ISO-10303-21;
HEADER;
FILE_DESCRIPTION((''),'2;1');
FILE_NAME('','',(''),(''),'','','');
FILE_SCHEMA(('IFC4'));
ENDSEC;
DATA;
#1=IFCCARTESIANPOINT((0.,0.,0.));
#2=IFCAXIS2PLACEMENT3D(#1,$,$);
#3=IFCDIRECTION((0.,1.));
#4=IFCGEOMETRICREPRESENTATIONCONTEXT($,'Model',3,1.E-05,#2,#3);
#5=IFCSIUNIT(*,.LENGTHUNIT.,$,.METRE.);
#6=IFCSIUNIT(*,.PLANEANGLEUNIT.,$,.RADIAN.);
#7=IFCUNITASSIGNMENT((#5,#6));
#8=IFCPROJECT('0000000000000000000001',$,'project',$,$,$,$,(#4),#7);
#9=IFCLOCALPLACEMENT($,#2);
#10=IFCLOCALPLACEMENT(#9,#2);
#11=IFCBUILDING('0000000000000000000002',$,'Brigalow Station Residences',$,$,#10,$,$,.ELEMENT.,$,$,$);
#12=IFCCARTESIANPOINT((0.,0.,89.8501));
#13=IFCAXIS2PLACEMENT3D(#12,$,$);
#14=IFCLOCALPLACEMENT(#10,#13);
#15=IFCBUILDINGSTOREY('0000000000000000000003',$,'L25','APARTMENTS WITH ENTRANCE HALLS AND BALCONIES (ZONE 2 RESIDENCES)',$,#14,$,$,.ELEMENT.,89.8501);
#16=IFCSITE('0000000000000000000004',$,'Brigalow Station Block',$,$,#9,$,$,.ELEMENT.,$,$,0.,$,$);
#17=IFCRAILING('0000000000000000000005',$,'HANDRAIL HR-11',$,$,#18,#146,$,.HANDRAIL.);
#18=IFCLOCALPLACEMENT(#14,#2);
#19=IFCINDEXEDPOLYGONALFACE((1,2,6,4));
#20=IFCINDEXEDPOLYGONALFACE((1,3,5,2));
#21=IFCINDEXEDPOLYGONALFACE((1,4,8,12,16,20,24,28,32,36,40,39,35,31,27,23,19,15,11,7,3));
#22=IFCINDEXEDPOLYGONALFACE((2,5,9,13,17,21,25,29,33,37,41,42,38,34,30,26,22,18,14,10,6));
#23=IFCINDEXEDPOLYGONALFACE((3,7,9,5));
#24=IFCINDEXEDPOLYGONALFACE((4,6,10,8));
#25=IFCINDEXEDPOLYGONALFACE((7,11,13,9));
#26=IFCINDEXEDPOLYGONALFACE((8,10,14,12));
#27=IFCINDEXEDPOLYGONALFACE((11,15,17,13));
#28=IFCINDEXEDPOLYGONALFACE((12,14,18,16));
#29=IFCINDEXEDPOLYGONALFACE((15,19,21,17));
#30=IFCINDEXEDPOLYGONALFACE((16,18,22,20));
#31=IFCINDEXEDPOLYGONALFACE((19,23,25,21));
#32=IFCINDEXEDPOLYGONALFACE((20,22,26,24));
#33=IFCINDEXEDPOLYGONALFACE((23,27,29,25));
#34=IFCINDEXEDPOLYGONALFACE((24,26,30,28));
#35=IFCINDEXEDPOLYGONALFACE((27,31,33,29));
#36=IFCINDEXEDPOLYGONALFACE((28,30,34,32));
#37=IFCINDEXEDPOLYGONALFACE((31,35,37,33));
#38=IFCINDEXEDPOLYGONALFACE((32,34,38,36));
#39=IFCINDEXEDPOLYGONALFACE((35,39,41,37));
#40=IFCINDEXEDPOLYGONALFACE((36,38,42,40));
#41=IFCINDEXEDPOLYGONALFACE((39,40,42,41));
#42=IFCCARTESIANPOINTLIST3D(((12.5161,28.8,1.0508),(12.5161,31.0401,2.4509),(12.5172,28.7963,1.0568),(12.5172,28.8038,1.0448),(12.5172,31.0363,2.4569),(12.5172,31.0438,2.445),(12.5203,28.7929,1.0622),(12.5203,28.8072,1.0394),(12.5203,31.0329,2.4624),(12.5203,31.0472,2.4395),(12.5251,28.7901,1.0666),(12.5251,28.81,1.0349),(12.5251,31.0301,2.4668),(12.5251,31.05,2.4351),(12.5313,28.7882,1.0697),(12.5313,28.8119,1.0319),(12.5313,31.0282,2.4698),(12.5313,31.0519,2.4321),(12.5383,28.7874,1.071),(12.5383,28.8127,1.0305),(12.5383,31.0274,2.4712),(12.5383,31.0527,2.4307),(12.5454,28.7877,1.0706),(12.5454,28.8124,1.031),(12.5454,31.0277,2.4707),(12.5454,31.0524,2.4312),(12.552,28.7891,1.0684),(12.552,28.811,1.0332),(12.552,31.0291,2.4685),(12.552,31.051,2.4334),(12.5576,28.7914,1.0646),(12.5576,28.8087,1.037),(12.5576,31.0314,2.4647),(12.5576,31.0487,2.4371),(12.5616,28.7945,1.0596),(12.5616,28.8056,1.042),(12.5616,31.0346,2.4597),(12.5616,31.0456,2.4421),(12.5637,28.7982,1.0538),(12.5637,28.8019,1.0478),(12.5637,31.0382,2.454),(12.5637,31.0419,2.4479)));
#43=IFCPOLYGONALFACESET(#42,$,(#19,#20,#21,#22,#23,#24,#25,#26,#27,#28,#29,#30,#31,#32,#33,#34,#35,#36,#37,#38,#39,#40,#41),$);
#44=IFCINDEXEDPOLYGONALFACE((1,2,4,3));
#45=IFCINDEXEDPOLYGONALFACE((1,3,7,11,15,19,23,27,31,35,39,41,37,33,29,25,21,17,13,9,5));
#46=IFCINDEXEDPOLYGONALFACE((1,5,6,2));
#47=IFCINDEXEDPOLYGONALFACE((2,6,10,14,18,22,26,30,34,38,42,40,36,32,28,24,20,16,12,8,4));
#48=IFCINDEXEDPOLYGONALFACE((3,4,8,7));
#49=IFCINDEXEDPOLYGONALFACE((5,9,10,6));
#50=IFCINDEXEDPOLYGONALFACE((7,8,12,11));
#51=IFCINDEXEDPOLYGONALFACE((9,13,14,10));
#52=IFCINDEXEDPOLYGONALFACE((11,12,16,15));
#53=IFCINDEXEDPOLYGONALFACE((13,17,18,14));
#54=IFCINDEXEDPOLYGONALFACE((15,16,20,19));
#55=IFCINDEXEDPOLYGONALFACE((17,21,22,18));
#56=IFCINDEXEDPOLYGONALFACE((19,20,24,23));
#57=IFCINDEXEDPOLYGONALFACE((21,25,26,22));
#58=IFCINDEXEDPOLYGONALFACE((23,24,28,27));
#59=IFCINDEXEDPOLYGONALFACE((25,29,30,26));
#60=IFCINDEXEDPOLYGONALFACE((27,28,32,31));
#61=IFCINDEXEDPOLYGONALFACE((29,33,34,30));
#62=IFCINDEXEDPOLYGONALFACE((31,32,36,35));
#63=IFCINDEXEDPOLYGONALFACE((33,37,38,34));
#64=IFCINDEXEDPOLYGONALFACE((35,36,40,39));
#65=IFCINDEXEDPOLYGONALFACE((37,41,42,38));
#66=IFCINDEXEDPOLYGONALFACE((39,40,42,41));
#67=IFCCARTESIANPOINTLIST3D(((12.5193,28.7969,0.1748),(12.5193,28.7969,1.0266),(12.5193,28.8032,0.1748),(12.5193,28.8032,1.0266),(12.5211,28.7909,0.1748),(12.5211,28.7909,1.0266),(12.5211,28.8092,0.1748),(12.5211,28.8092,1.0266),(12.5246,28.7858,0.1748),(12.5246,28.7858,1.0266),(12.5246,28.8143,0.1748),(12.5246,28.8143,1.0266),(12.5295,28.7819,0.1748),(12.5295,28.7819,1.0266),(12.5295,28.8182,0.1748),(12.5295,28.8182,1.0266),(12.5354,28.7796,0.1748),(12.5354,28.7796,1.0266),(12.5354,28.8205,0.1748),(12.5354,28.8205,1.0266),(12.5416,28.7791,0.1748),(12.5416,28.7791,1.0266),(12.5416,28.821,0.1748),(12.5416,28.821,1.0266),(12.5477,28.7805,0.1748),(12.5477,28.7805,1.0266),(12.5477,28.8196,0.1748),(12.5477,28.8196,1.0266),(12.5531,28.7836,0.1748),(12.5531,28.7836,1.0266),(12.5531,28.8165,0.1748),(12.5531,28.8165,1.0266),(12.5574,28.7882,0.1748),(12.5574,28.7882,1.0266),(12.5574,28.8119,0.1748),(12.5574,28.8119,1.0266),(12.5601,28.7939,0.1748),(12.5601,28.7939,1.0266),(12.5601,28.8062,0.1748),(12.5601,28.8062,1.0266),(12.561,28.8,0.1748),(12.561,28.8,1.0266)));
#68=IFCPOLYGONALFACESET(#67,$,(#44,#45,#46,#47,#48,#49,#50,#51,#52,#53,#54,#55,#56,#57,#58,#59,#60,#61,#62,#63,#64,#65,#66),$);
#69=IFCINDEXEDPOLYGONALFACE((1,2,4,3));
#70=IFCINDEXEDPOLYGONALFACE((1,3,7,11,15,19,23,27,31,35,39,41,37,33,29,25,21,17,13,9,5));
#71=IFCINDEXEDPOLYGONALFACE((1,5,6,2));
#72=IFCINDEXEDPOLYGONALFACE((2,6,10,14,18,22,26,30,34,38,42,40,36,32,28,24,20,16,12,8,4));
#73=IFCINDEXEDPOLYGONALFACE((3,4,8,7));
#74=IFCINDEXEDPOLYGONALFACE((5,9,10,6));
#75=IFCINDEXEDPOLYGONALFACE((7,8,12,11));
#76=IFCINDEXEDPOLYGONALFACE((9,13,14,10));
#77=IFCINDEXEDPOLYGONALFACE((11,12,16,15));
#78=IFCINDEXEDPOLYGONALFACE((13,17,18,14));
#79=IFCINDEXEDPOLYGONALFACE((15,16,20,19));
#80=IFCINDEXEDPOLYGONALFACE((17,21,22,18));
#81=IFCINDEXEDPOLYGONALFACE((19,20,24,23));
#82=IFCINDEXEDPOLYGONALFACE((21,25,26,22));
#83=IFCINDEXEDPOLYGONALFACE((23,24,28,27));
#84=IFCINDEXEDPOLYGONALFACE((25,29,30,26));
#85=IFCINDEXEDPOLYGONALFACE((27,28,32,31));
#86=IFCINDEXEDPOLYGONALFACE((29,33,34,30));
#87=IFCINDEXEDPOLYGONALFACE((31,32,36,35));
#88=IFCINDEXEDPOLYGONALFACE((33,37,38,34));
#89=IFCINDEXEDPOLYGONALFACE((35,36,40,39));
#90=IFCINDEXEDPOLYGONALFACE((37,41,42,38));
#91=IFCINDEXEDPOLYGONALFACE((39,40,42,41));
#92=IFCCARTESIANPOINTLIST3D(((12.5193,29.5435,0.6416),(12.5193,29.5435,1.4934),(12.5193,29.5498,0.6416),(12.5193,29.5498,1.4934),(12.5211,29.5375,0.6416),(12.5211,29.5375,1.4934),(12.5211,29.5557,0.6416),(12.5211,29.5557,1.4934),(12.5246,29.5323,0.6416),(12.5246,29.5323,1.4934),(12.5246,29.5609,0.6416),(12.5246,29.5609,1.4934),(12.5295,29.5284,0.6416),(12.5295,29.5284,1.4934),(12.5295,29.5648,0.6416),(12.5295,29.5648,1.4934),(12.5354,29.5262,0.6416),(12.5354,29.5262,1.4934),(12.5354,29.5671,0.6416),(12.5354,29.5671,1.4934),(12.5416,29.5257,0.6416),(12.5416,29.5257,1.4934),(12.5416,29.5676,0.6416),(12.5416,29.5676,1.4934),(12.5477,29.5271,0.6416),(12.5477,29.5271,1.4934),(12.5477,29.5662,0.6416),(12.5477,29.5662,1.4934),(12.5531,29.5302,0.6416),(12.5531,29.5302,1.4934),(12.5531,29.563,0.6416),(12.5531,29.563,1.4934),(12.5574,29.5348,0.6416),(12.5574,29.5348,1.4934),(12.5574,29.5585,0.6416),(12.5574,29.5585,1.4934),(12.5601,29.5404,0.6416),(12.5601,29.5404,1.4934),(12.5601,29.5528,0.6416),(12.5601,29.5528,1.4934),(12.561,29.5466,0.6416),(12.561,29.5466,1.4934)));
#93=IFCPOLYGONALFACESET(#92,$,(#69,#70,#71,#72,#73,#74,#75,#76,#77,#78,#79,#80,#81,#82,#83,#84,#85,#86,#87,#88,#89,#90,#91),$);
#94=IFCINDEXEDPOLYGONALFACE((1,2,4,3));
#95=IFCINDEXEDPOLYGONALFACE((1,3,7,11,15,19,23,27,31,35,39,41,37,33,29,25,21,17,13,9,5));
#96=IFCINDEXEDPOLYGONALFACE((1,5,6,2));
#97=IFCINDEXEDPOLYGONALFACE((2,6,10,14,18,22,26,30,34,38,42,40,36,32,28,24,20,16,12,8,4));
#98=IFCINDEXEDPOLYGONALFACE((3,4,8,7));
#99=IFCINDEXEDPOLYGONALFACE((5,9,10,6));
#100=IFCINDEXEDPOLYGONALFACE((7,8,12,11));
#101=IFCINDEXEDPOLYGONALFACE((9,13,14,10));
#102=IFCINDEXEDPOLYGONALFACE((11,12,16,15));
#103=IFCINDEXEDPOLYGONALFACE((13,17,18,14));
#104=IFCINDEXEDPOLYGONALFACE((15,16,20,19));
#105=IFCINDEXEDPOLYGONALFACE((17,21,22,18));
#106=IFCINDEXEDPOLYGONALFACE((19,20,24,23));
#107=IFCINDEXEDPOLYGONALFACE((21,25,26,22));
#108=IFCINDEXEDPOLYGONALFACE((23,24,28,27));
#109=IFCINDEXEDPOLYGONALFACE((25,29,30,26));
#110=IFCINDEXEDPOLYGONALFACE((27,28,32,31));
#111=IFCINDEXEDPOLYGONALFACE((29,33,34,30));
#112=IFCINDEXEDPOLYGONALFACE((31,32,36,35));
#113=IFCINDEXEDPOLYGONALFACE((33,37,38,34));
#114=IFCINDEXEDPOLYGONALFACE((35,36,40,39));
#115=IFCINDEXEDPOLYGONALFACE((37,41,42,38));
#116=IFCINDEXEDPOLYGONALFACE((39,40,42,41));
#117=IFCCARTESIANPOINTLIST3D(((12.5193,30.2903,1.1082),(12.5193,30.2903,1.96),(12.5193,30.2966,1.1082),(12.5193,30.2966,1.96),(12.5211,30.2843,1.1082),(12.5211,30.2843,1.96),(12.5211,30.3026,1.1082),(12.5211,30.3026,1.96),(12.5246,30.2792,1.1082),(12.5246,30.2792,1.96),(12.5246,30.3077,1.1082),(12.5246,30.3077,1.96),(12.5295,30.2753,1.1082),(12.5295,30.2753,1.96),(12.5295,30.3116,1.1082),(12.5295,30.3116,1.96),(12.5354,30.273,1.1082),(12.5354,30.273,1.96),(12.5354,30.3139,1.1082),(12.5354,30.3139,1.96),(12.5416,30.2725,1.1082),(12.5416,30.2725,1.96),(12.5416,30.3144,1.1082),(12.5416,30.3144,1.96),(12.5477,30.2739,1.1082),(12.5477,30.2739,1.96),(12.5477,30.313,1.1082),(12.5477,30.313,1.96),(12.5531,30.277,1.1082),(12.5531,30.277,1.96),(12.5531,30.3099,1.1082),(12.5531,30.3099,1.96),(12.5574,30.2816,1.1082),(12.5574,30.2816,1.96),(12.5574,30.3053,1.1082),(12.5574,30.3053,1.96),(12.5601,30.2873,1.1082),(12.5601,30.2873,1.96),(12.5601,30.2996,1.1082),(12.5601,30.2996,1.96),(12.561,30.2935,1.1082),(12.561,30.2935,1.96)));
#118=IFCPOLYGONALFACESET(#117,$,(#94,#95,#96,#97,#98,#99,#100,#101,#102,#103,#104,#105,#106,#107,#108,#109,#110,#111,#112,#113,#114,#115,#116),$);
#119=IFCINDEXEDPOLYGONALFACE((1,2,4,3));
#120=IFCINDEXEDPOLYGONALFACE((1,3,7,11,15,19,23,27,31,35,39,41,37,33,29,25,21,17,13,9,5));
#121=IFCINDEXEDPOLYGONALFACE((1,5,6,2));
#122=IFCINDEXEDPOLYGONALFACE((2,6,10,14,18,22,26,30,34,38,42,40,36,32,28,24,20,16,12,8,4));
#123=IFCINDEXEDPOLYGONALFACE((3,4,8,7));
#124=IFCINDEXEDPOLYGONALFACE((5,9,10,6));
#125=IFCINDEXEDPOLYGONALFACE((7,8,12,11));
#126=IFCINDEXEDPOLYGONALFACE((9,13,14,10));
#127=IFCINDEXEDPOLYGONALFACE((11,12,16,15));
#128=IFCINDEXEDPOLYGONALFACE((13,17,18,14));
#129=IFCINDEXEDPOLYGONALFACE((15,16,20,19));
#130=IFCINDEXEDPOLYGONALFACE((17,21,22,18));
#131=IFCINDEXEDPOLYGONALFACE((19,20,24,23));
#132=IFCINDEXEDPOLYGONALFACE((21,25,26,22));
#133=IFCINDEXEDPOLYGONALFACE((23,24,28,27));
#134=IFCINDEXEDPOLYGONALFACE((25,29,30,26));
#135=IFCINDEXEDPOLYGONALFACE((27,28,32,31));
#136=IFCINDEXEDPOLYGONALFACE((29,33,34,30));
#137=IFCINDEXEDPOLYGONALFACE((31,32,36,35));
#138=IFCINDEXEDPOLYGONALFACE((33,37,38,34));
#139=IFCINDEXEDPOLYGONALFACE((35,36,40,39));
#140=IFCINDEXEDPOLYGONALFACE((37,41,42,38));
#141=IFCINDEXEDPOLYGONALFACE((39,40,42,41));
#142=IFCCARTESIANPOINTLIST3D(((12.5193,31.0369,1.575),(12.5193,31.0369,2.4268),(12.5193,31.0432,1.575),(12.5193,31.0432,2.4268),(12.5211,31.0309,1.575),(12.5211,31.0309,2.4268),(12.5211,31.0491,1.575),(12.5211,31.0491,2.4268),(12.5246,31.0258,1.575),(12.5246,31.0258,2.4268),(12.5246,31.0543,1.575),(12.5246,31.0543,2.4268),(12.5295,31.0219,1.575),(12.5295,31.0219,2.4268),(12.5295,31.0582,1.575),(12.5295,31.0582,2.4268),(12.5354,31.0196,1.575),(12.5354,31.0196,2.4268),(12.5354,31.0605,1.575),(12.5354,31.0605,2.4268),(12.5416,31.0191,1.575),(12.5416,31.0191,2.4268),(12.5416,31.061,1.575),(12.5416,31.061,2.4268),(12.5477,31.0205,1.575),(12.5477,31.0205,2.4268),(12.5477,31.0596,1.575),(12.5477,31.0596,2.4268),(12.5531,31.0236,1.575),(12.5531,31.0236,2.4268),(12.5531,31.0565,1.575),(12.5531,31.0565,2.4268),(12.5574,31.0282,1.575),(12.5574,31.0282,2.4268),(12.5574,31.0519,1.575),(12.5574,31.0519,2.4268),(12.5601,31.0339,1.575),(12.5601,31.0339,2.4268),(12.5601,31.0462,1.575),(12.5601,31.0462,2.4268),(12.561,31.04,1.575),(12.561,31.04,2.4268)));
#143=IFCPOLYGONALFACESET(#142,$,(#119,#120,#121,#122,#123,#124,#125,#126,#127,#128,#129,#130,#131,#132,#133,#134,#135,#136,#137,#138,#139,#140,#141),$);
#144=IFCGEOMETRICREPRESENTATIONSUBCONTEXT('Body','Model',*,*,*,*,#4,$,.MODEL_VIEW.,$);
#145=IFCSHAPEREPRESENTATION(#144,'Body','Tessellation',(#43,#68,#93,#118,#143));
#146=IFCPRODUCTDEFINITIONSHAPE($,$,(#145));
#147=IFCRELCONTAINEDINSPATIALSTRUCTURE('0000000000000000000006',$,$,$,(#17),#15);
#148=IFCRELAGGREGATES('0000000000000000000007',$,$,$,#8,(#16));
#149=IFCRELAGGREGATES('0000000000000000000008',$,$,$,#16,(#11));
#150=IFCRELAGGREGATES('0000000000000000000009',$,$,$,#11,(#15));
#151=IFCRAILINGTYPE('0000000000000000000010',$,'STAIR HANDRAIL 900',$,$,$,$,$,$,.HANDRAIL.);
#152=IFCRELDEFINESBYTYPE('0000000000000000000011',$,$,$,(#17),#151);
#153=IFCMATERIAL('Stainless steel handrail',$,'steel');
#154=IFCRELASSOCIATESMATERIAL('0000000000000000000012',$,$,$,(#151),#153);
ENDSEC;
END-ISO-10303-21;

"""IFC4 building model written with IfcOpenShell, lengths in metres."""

from ifc_helpers import new_model, si_unit, direction, frame, origin, origin_2d, place, context, subcontext, project, spatial, circle, extrude, material, type_object, element, save


model = new_model("IFC4")

# Units and contexts
model_context = context("Model", 3, precision=1e-05, world=origin(), true_north=direction((0.0, 1.0)))
body_context = subcontext(model_context, "Body", "Model", "MODEL_VIEW")
ifc_project = project(units=[si_unit("LENGTHUNIT", "METRE"), si_unit("PLANEANGLEUNIT", "RADIAN")], contexts=[model_context])

# Site, building, storey
site_placement = place(None, origin())
site = spatial("IfcSite", under=ifc_project, at=site_placement, Name="Brigalow Station Block", CompositionType="ELEMENT", RefElevation=0.0)
building_placement = place(site_placement, origin())
building = spatial("IfcBuilding", under=site, at=building_placement, Name="Brigalow Station Residences", CompositionType="ELEMENT")
storey_placement = place(building_placement, frame((0.0, 0.0, 89.8501)))
storey = spatial("IfcBuildingStorey", under=building, at=storey_placement, Name="L25", Description="APARTMENTS WITH ENTRANCE HALLS AND BALCONIES (ZONE 2 RESIDENCES)", CompositionType="ELEMENT", Elevation=89.8501)

# Railing
ifc_material_1 = material(Name="Stainless steel handrail", Category="steel")
railing_type_1 = type_object("IfcRailingType", Name="STAIR HANDRAIL 900", PredefinedType="HANDRAIL", material=ifc_material_1)
railing_1_placement = place(storey_placement, frame((12.54, 28.8, 0.1748)))
element("IfcRailing", 1, at=railing_1_placement, inside=storey, type_object=railing_type_1, Name="HANDRAIL HR-11", PredefinedType="HANDRAIL", context=body_context, shape_type="SweptSolid", body=[
    extrude(circle(Radius=0.0239, at=origin_2d()), frame((0.0, 0.0, 0.876), z_axis=(0.0, 0.847972, 0.53004), x_axis=(-1.0, 0.0, 0.0)), (0.0, 0.0, 1.0), 2.6416),
    extrude(circle(Radius=0.021, at=origin_2d()), origin(), (0.0, 0.0, 1.0), 0.8518),
    extrude(circle(Radius=0.021, at=origin_2d()), frame((0.0, 0.7466, 0.4668)), (0.0, 0.0, 1.0), 0.8518),
    extrude(circle(Radius=0.021, at=origin_2d()), frame((0.0, 1.4934, 0.9333)), (0.0, 0.0, 1.0), 0.8518),
    extrude(circle(Radius=0.021, at=origin_2d()), frame((0.0, 2.24, 1.4001)), (0.0, 0.0, 1.0), 0.8518),
])

save(model, "model.ifc")
